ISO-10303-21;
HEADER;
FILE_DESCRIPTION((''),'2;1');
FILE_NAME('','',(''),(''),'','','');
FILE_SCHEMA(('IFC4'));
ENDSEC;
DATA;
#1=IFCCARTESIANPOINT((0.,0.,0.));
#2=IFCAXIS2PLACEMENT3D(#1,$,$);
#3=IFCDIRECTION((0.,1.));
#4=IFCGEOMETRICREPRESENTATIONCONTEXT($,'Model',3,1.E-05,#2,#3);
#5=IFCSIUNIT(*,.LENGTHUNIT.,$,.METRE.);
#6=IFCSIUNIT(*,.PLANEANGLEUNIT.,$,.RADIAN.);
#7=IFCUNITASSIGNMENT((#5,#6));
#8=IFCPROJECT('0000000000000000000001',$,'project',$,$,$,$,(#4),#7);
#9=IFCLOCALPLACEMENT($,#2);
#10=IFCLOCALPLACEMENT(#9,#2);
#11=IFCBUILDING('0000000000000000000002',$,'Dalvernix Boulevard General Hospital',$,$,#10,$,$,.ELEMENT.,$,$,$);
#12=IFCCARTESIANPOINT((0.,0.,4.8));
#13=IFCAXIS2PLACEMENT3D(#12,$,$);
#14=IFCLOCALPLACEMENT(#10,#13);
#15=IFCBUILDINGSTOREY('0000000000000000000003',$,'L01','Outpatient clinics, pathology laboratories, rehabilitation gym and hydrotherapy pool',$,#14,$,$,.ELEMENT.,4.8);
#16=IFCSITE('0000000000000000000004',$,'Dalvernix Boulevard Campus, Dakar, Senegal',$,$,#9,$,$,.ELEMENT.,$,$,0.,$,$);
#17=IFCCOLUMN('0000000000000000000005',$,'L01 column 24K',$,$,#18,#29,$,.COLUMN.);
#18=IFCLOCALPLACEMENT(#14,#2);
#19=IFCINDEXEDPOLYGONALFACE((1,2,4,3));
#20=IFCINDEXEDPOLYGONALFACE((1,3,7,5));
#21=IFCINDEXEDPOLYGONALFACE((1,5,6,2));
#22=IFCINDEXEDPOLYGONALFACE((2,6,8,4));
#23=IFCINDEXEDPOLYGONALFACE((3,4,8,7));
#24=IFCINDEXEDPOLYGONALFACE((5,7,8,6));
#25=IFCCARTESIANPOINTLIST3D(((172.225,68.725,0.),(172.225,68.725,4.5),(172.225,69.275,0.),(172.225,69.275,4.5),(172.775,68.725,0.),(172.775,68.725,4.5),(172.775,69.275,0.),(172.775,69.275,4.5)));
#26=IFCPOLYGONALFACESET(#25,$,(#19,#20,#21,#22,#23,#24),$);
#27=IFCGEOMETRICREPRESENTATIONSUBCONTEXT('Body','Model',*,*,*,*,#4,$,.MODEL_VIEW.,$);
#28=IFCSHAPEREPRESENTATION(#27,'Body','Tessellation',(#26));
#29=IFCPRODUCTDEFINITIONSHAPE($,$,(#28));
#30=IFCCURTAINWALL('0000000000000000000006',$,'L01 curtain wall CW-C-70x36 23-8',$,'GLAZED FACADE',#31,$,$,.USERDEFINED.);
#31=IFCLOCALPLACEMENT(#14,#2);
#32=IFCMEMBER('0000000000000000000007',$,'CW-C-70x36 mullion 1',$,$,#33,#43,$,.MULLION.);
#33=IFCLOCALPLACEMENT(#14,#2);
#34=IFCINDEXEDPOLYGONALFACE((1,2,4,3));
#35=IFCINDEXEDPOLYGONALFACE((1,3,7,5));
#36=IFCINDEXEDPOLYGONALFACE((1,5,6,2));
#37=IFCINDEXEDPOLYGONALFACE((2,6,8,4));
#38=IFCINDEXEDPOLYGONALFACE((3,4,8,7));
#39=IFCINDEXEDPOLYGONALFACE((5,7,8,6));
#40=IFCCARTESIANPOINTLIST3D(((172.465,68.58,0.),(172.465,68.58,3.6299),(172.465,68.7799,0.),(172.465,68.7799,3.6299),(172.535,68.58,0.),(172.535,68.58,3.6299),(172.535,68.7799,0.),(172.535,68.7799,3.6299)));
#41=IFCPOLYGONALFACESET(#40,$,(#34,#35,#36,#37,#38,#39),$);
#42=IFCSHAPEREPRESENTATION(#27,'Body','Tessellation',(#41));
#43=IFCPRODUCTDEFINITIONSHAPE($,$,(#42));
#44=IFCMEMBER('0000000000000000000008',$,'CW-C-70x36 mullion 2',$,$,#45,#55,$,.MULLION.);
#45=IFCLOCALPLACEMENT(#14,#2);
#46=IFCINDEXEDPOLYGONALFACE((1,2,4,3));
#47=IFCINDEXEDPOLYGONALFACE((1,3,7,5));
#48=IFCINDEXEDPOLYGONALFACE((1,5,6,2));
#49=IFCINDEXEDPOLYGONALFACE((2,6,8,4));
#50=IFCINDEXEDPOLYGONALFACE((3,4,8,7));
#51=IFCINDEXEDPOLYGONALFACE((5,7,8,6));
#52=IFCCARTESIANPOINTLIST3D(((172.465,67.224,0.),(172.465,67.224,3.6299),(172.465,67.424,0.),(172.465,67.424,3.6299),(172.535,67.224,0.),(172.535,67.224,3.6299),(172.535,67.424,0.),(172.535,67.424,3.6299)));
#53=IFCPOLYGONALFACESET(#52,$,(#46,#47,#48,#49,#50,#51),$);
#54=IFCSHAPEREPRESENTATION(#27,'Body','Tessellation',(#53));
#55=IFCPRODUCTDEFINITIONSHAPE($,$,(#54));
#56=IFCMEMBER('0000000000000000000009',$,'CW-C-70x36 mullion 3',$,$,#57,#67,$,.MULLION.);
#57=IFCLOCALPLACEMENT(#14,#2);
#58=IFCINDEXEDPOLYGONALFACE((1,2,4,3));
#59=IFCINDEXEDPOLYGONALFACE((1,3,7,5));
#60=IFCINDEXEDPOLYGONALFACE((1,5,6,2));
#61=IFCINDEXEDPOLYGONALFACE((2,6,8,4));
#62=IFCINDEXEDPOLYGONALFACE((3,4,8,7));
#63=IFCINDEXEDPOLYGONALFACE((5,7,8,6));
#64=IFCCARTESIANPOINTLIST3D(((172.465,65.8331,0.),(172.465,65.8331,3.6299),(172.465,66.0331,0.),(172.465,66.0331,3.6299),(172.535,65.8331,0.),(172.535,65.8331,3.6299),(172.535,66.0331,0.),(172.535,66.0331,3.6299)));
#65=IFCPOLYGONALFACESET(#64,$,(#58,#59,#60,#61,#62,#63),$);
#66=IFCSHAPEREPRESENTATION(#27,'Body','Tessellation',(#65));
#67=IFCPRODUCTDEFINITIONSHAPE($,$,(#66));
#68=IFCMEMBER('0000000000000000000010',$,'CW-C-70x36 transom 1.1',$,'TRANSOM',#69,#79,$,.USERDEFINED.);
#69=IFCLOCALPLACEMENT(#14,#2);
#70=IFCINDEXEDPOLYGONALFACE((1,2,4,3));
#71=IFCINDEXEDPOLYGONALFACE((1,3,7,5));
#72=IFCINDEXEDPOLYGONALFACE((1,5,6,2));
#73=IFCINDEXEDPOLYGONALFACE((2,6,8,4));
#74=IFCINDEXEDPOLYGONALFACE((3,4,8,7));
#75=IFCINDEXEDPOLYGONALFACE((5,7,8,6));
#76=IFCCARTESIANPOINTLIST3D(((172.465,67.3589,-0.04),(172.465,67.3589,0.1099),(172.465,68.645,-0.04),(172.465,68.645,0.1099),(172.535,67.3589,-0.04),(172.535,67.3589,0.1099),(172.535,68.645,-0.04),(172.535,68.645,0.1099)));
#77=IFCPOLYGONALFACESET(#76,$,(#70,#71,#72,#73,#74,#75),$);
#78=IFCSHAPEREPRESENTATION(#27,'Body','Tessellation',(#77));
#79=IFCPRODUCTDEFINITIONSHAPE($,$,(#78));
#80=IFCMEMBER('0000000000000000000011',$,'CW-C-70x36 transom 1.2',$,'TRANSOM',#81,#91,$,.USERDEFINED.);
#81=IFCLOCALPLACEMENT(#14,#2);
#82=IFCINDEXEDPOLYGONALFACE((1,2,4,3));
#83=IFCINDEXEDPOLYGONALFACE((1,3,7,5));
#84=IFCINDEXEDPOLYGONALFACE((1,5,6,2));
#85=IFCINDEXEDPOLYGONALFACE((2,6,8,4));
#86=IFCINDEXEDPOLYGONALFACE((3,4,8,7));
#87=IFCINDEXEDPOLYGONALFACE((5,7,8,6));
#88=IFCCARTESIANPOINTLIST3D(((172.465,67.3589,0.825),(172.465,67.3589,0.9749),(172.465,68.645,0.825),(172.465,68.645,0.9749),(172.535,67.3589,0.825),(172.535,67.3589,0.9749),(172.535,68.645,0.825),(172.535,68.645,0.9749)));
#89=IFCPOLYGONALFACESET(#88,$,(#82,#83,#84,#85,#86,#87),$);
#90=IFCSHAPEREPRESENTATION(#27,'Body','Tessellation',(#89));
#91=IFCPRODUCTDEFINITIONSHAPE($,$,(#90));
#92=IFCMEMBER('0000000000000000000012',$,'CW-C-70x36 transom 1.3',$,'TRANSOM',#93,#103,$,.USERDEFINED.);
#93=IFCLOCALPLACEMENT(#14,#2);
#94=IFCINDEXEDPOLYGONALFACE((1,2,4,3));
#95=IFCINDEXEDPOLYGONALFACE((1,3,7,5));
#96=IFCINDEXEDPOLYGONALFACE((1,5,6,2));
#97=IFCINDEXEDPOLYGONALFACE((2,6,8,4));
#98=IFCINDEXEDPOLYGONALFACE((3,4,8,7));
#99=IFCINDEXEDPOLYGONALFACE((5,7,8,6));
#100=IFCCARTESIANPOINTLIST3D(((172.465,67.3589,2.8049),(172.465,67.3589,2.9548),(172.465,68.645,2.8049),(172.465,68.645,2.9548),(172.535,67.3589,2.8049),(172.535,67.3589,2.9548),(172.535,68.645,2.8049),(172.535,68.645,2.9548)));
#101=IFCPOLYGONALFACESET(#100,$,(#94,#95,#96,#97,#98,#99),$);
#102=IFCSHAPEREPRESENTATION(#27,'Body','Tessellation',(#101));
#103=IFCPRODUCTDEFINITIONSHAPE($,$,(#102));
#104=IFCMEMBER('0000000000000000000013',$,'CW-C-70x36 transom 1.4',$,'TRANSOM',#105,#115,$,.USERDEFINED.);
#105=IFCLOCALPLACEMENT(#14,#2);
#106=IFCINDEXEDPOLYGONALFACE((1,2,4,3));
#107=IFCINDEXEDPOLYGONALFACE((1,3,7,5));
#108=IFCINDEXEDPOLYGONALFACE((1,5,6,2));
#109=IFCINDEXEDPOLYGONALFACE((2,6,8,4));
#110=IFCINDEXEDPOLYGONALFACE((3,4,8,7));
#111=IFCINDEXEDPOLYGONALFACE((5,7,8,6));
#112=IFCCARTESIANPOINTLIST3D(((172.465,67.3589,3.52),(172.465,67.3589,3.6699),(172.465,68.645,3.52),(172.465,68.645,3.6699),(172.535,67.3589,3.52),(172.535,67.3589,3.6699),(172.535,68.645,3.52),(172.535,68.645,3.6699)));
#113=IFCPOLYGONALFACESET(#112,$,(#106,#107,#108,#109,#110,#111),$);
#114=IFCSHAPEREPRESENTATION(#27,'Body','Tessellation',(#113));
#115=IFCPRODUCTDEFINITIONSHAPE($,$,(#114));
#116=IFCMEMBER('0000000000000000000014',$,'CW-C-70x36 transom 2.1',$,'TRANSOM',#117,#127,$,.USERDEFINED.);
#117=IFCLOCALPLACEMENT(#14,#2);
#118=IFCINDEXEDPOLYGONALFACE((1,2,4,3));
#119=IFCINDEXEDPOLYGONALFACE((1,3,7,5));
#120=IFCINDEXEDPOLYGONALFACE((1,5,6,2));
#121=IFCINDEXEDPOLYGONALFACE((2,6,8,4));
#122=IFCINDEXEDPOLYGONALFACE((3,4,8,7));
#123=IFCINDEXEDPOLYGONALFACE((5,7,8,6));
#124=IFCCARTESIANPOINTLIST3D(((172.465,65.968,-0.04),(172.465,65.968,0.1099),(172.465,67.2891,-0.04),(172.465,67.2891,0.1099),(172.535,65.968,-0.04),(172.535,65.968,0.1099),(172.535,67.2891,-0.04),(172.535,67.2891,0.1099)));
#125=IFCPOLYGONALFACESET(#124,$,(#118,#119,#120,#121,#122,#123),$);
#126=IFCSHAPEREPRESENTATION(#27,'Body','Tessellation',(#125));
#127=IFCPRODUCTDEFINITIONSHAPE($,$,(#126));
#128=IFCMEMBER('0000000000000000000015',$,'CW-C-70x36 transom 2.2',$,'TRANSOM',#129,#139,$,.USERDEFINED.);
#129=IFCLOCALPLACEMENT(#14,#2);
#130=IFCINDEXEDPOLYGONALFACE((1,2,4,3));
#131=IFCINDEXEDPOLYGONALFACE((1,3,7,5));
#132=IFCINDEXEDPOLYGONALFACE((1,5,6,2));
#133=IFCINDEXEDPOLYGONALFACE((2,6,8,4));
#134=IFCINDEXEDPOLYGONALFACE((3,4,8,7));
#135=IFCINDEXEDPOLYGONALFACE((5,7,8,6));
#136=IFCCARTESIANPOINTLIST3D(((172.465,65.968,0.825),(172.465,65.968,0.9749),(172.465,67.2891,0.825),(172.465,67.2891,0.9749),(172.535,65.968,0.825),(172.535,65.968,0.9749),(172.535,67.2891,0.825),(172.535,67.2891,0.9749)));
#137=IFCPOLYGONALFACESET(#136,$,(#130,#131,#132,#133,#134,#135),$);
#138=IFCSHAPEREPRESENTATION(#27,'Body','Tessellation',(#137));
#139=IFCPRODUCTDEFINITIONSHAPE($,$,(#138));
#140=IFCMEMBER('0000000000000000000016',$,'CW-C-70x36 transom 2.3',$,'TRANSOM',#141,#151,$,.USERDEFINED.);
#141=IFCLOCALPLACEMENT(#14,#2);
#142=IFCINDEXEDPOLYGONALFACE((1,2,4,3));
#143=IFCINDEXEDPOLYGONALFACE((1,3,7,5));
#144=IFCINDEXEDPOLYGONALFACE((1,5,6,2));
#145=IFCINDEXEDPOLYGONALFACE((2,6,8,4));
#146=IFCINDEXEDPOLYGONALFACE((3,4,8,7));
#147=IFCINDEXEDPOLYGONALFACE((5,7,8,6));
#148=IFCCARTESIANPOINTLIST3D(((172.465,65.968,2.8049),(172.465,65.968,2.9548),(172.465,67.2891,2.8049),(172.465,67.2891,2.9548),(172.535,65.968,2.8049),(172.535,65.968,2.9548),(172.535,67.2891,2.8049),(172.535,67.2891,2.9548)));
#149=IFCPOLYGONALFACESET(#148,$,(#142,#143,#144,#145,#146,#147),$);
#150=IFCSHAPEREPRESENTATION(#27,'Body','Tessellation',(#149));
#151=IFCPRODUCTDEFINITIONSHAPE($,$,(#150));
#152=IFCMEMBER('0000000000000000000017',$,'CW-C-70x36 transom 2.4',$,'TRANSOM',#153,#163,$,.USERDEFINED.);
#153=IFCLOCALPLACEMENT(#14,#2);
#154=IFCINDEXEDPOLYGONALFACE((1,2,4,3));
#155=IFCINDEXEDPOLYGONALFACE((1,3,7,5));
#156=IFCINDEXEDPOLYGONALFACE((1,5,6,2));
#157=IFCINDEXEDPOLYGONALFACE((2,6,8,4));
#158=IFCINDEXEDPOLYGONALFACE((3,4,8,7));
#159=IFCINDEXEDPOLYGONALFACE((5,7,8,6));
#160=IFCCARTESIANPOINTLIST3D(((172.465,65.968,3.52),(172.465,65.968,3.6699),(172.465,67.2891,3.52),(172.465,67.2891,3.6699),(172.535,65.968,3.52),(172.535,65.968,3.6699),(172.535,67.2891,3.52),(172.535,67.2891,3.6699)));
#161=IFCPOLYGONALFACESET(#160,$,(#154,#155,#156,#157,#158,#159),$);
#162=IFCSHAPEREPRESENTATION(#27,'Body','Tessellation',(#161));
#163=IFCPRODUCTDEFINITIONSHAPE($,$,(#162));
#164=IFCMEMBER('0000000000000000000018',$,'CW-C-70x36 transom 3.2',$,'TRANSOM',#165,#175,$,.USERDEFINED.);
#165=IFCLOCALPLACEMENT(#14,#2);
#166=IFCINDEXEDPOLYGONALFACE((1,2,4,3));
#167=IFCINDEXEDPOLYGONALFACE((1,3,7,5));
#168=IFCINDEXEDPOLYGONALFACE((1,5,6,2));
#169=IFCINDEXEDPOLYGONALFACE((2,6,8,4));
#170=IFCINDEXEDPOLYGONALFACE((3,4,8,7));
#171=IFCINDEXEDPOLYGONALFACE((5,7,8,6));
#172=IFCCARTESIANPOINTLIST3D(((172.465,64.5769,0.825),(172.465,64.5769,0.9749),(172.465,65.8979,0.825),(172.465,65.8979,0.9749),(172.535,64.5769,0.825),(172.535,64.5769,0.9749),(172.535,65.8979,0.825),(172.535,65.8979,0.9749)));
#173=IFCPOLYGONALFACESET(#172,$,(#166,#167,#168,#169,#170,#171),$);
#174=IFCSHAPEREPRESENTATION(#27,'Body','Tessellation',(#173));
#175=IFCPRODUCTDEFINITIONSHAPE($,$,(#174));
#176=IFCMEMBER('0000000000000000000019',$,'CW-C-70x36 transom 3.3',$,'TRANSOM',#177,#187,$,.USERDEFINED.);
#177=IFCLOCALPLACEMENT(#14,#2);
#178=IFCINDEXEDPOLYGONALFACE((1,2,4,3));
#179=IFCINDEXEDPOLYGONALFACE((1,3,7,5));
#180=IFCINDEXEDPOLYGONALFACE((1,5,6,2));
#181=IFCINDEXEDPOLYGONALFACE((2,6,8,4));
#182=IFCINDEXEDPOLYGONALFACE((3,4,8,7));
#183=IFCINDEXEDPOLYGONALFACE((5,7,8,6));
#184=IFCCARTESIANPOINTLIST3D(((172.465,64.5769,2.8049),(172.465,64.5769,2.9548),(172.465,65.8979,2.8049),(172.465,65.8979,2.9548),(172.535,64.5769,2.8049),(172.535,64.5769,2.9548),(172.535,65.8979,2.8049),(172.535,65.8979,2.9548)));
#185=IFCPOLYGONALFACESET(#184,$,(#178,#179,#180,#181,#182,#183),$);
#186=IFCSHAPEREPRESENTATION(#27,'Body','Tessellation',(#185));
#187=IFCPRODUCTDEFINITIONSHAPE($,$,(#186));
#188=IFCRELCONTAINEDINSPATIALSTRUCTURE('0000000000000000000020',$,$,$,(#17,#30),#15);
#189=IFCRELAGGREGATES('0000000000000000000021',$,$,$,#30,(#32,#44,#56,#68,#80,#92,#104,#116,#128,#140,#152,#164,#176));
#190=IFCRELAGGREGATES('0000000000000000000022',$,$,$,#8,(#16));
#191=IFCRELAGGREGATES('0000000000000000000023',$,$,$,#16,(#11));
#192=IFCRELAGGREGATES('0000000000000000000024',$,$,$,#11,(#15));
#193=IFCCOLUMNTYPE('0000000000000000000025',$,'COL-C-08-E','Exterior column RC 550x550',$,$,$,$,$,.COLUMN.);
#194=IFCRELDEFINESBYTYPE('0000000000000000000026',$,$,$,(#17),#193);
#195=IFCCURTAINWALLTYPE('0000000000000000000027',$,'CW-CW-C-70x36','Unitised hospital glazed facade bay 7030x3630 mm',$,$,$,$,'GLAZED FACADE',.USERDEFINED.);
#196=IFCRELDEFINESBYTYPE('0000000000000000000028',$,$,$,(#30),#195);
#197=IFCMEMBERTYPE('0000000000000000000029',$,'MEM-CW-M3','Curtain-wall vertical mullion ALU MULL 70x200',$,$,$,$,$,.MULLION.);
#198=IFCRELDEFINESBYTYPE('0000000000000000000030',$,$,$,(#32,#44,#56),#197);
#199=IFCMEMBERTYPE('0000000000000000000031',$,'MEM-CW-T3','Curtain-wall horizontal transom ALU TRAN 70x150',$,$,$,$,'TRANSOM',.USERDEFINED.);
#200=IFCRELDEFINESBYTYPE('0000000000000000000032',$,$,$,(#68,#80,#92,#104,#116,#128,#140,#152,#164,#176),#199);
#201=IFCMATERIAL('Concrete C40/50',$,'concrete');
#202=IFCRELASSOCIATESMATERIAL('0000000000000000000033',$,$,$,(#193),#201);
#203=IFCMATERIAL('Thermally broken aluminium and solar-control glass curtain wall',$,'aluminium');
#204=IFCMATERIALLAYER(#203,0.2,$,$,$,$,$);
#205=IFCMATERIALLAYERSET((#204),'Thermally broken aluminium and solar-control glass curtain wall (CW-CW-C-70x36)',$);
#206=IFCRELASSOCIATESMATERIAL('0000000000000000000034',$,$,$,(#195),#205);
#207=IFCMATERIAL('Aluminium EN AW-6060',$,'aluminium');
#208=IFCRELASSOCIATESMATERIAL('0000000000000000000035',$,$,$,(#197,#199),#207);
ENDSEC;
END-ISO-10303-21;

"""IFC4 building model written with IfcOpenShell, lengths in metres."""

from ifc_helpers import new_model, si_unit, direction, frame, origin, origin_2d, place, context, subcontext, project, spatial, rectangle, extrude, material, layer, layer_set, material_profile, profile_set, type_object, element, aggregate, save


model = new_model("IFC4")

# Units and contexts
model_context = context("Model", 3, precision=1e-05, world=origin(), true_north=direction((0.0, 1.0)))
body_context = subcontext(model_context, "Body", "Model", "MODEL_VIEW")
ifc_project = project(units=[si_unit("LENGTHUNIT", "METRE"), si_unit("PLANEANGLEUNIT", "RADIAN")], contexts=[model_context])

# Site, building, storey
site_placement = place(None, origin())
site = spatial("IfcSite", under=ifc_project, at=site_placement, Name="Dalvernix Boulevard Campus, Dakar, Senegal", CompositionType="ELEMENT", RefElevation=0.0)
building_placement = place(site_placement, origin())
building = spatial("IfcBuilding", under=site, at=building_placement, Name="Dalvernix Boulevard General Hospital", CompositionType="ELEMENT")
storey_placement = place(building_placement, frame((0.0, 0.0, 4.8)))
storey = spatial("IfcBuildingStorey", under=building, at=storey_placement, Name="L01", Description="Outpatient clinics, pathology laboratories, rehabilitation gym and hydrotherapy pool", CompositionType="ELEMENT", Elevation=4.8)

# Column
ifc_material_1 = material(Name="Concrete C40/50", Category="concrete")
ifc_material_profile_1 = material_profile(ifc_material_1, rectangle(XDim=0.55, YDim=0.55, at=origin_2d()), Name="RC 550x550")
ifc_profile_set_1 = profile_set([ifc_material_profile_1], Name="Concrete C40/50")
column_type = type_object("IfcColumnType", Name="COL-C-08-E", Description="Exterior column RC 550x550", PredefinedType="COLUMN", material=ifc_profile_set_1)
column_placement = place(storey_placement, frame((172.5, 69.0, 0.0), z_axis=(0.0, 0.0, 1.0), x_axis=(1.0, 0.0, 0.0)))
element("IfcColumn", 1, at=column_placement, inside=storey, type_object=column_type, Name="L01 column 24K", PredefinedType="COLUMN", context=body_context, shape_type="SweptSolid", body=[
    extrude(rectangle(XDim=0.55, YDim=0.55, at=origin_2d()), origin(), (0.0, 0.0, 1.0), 4.5),
])

# Curtain wall, members
ifc_material_2 = material(Name="Thermally broken aluminium and solar-control glass curtain wall", Category="aluminium")
ifc_layer_1 = layer(ifc_material_2, 0.2)
ifc_layer_set_1 = layer_set([ifc_layer_1], Name="Thermally broken aluminium and solar-control glass curtain wall (CW-CW-C-70x36)")
curtain_wall_type = type_object("IfcCurtainWallType", Name="CW-CW-C-70x36", Description="Unitised hospital glazed facade bay 7030x3630 mm", ElementType="GLAZED FACADE", PredefinedType="USERDEFINED", material=ifc_layer_set_1)
curtain_wall_placement = place(storey_placement, origin())
curtain_wall = element("IfcCurtainWall", 2, at=curtain_wall_placement, inside=storey, type_object=curtain_wall_type, Name="L01 curtain wall CW-C-70x36 23-8", ObjectType="GLAZED FACADE", PredefinedType="USERDEFINED")
ifc_material_3 = material(Name="Aluminium EN AW-6060", Category="aluminium")
ifc_material_profile_2 = material_profile(ifc_material_3, rectangle(XDim=0.0701, YDim=0.2, at=origin_2d()), Name="ALU MULL 70x200")
ifc_profile_set_2 = profile_set([ifc_material_profile_2], Name="Aluminium EN AW-6060")
member_type_1 = type_object("IfcMemberType", Name="MEM-CW-M3", Description="Curtain-wall vertical mullion ALU MULL 70x200", PredefinedType="MULLION", material=ifc_profile_set_2)
member_1_placement = place(storey_placement, frame((172.5, 68.6799, 0.0), z_axis=(0.0, 0.0, 1.0), x_axis=(1.0, 0.0, 0.0)))
member_1 = element("IfcMember", 3, at=member_1_placement, type_object=member_type_1, Name="CW-C-70x36 mullion 1", PredefinedType="MULLION", context=body_context, shape_type="SweptSolid", body=[
    extrude(rectangle(XDim=0.0701, YDim=0.2, at=origin_2d()), origin(), (0.0, 0.0, 1.0), 3.6299),
])
member_2_placement = place(storey_placement, frame((172.5, 67.324, 0.0), z_axis=(0.0, 0.0, 1.0), x_axis=(1.0, 0.0, 0.0)))
member_2 = element("IfcMember", 4, at=member_2_placement, type_object=member_type_1, Name="CW-C-70x36 mullion 2", PredefinedType="MULLION", context=body_context, shape_type="SweptSolid", body=[
    extrude(rectangle(XDim=0.0701, YDim=0.2, at=origin_2d()), origin(), (0.0, 0.0, 1.0), 3.6299),
])
member_3_placement = place(storey_placement, frame((172.5, 65.9331, 0.0), z_axis=(0.0, 0.0, 1.0), x_axis=(1.0, 0.0, 0.0)))
member_3 = element("IfcMember", 5, at=member_3_placement, type_object=member_type_1, Name="CW-C-70x36 mullion 3", PredefinedType="MULLION", context=body_context, shape_type="SweptSolid", body=[
    extrude(rectangle(XDim=0.0701, YDim=0.2, at=origin_2d()), origin(), (0.0, 0.0, 1.0), 3.6299),
])
ifc_material_profile_3 = material_profile(ifc_material_3, rectangle(XDim=0.0701, YDim=0.1499, at=origin_2d()), Name="ALU TRAN 70x150")
ifc_profile_set_3 = profile_set([ifc_material_profile_3], Name="Aluminium EN AW-6060")
member_type_2 = type_object("IfcMemberType", Name="MEM-CW-T3", Description="Curtain-wall horizontal transom ALU TRAN 70x150", ElementType="TRANSOM", PredefinedType="USERDEFINED", material=ifc_profile_set_3)
member_4_placement = place(storey_placement, frame((172.5, 68.645, 0.0349), z_axis=(0.0, -1.0, 0.0), x_axis=(1.0, 0.0, 0.0)))
member_4 = element("IfcMember", 6, at=member_4_placement, type_object=member_type_2, Name="CW-C-70x36 transom 1.1", ObjectType="TRANSOM", PredefinedType="USERDEFINED", context=body_context, shape_type="SweptSolid", body=[
    extrude(rectangle(XDim=0.0701, YDim=0.1499, at=origin_2d()), origin(), (0.0, 0.0, 1.0), 1.2861),
])
member_5_placement = place(storey_placement, frame((172.5, 68.645, 0.8999), z_axis=(0.0, -1.0, 0.0), x_axis=(1.0, 0.0, 0.0)))
member_5 = element("IfcMember", 7, at=member_5_placement, type_object=member_type_2, Name="CW-C-70x36 transom 1.2", ObjectType="TRANSOM", PredefinedType="USERDEFINED", context=body_context, shape_type="SweptSolid", body=[
    extrude(rectangle(XDim=0.0701, YDim=0.1499, at=origin_2d()), origin(), (0.0, 0.0, 1.0), 1.2861),
])
member_6_placement = place(storey_placement, frame((172.5, 68.645, 2.8799), z_axis=(0.0, -1.0, 0.0), x_axis=(1.0, 0.0, 0.0)))
member_6 = element("IfcMember", 8, at=member_6_placement, type_object=member_type_2, Name="CW-C-70x36 transom 1.3", ObjectType="TRANSOM", PredefinedType="USERDEFINED", context=body_context, shape_type="SweptSolid", body=[
    extrude(rectangle(XDim=0.0701, YDim=0.1499, at=origin_2d()), origin(), (0.0, 0.0, 1.0), 1.2861),
])
member_7_placement = place(storey_placement, frame((172.5, 68.645, 3.595), z_axis=(0.0, -1.0, 0.0), x_axis=(1.0, 0.0, 0.0)))
member_7 = element("IfcMember", 9, at=member_7_placement, type_object=member_type_2, Name="CW-C-70x36 transom 1.4", ObjectType="TRANSOM", PredefinedType="USERDEFINED", context=body_context, shape_type="SweptSolid", body=[
    extrude(rectangle(XDim=0.0701, YDim=0.1499, at=origin_2d()), origin(), (0.0, 0.0, 1.0), 1.2861),
])
member_8_placement = place(storey_placement, frame((172.5, 67.2891, 0.0349), z_axis=(0.0, -1.0, 0.0), x_axis=(1.0, 0.0, 0.0)))
member_8 = element("IfcMember", 10, at=member_8_placement, type_object=member_type_2, Name="CW-C-70x36 transom 2.1", ObjectType="TRANSOM", PredefinedType="USERDEFINED", context=body_context, shape_type="SweptSolid", body=[
    extrude(rectangle(XDim=0.0701, YDim=0.1499, at=origin_2d()), origin(), (0.0, 0.0, 1.0), 1.321),
])
member_9_placement = place(storey_placement, frame((172.5, 67.2891, 0.8999), z_axis=(0.0, -1.0, 0.0), x_axis=(1.0, 0.0, 0.0)))
member_9 = element("IfcMember", 11, at=member_9_placement, type_object=member_type_2, Name="CW-C-70x36 transom 2.2", ObjectType="TRANSOM", PredefinedType="USERDEFINED", context=body_context, shape_type="SweptSolid", body=[
    extrude(rectangle(XDim=0.0701, YDim=0.1499, at=origin_2d()), origin(), (0.0, 0.0, 1.0), 1.321),
])
member_10_placement = place(storey_placement, frame((172.5, 67.2891, 2.8799), z_axis=(0.0, -1.0, 0.0), x_axis=(1.0, 0.0, 0.0)))
member_10 = element("IfcMember", 12, at=member_10_placement, type_object=member_type_2, Name="CW-C-70x36 transom 2.3", ObjectType="TRANSOM", PredefinedType="USERDEFINED", context=body_context, shape_type="SweptSolid", body=[
    extrude(rectangle(XDim=0.0701, YDim=0.1499, at=origin_2d()), origin(), (0.0, 0.0, 1.0), 1.321),
])
member_11_placement = place(storey_placement, frame((172.5, 67.2891, 3.595), z_axis=(0.0, -1.0, 0.0), x_axis=(1.0, 0.0, 0.0)))
member_11 = element("IfcMember", 13, at=member_11_placement, type_object=member_type_2, Name="CW-C-70x36 transom 2.4", ObjectType="TRANSOM", PredefinedType="USERDEFINED", context=body_context, shape_type="SweptSolid", body=[
    extrude(rectangle(XDim=0.0701, YDim=0.1499, at=origin_2d()), origin(), (0.0, 0.0, 1.0), 1.321),
])
member_12_placement = place(storey_placement, frame((172.5, 65.8979, 0.8999), z_axis=(0.0, -1.0, 0.0), x_axis=(1.0, 0.0, 0.0)))
member_12 = element("IfcMember", 14, at=member_12_placement, type_object=member_type_2, Name="CW-C-70x36 transom 3.2", ObjectType="TRANSOM", PredefinedType="USERDEFINED", context=body_context, shape_type="SweptSolid", body=[
    extrude(rectangle(XDim=0.0701, YDim=0.1499, at=origin_2d()), origin(), (0.0, 0.0, 1.0), 1.321),
])
member_13_placement = place(storey_placement, frame((172.5, 65.8979, 2.8799), z_axis=(0.0, -1.0, 0.0), x_axis=(1.0, 0.0, 0.0)))
member_13 = element("IfcMember", 15, at=member_13_placement, type_object=member_type_2, Name="CW-C-70x36 transom 3.3", ObjectType="TRANSOM", PredefinedType="USERDEFINED", context=body_context, shape_type="SweptSolid", body=[
    extrude(rectangle(XDim=0.0701, YDim=0.1499, at=origin_2d()), origin(), (0.0, 0.0, 1.0), 1.321),
])
aggregate(curtain_wall, [member_1, member_2, member_3, member_4, member_5, member_6, member_7, member_8, member_9, member_10, member_11, member_12, member_13])

save(model, "model.ifc")
